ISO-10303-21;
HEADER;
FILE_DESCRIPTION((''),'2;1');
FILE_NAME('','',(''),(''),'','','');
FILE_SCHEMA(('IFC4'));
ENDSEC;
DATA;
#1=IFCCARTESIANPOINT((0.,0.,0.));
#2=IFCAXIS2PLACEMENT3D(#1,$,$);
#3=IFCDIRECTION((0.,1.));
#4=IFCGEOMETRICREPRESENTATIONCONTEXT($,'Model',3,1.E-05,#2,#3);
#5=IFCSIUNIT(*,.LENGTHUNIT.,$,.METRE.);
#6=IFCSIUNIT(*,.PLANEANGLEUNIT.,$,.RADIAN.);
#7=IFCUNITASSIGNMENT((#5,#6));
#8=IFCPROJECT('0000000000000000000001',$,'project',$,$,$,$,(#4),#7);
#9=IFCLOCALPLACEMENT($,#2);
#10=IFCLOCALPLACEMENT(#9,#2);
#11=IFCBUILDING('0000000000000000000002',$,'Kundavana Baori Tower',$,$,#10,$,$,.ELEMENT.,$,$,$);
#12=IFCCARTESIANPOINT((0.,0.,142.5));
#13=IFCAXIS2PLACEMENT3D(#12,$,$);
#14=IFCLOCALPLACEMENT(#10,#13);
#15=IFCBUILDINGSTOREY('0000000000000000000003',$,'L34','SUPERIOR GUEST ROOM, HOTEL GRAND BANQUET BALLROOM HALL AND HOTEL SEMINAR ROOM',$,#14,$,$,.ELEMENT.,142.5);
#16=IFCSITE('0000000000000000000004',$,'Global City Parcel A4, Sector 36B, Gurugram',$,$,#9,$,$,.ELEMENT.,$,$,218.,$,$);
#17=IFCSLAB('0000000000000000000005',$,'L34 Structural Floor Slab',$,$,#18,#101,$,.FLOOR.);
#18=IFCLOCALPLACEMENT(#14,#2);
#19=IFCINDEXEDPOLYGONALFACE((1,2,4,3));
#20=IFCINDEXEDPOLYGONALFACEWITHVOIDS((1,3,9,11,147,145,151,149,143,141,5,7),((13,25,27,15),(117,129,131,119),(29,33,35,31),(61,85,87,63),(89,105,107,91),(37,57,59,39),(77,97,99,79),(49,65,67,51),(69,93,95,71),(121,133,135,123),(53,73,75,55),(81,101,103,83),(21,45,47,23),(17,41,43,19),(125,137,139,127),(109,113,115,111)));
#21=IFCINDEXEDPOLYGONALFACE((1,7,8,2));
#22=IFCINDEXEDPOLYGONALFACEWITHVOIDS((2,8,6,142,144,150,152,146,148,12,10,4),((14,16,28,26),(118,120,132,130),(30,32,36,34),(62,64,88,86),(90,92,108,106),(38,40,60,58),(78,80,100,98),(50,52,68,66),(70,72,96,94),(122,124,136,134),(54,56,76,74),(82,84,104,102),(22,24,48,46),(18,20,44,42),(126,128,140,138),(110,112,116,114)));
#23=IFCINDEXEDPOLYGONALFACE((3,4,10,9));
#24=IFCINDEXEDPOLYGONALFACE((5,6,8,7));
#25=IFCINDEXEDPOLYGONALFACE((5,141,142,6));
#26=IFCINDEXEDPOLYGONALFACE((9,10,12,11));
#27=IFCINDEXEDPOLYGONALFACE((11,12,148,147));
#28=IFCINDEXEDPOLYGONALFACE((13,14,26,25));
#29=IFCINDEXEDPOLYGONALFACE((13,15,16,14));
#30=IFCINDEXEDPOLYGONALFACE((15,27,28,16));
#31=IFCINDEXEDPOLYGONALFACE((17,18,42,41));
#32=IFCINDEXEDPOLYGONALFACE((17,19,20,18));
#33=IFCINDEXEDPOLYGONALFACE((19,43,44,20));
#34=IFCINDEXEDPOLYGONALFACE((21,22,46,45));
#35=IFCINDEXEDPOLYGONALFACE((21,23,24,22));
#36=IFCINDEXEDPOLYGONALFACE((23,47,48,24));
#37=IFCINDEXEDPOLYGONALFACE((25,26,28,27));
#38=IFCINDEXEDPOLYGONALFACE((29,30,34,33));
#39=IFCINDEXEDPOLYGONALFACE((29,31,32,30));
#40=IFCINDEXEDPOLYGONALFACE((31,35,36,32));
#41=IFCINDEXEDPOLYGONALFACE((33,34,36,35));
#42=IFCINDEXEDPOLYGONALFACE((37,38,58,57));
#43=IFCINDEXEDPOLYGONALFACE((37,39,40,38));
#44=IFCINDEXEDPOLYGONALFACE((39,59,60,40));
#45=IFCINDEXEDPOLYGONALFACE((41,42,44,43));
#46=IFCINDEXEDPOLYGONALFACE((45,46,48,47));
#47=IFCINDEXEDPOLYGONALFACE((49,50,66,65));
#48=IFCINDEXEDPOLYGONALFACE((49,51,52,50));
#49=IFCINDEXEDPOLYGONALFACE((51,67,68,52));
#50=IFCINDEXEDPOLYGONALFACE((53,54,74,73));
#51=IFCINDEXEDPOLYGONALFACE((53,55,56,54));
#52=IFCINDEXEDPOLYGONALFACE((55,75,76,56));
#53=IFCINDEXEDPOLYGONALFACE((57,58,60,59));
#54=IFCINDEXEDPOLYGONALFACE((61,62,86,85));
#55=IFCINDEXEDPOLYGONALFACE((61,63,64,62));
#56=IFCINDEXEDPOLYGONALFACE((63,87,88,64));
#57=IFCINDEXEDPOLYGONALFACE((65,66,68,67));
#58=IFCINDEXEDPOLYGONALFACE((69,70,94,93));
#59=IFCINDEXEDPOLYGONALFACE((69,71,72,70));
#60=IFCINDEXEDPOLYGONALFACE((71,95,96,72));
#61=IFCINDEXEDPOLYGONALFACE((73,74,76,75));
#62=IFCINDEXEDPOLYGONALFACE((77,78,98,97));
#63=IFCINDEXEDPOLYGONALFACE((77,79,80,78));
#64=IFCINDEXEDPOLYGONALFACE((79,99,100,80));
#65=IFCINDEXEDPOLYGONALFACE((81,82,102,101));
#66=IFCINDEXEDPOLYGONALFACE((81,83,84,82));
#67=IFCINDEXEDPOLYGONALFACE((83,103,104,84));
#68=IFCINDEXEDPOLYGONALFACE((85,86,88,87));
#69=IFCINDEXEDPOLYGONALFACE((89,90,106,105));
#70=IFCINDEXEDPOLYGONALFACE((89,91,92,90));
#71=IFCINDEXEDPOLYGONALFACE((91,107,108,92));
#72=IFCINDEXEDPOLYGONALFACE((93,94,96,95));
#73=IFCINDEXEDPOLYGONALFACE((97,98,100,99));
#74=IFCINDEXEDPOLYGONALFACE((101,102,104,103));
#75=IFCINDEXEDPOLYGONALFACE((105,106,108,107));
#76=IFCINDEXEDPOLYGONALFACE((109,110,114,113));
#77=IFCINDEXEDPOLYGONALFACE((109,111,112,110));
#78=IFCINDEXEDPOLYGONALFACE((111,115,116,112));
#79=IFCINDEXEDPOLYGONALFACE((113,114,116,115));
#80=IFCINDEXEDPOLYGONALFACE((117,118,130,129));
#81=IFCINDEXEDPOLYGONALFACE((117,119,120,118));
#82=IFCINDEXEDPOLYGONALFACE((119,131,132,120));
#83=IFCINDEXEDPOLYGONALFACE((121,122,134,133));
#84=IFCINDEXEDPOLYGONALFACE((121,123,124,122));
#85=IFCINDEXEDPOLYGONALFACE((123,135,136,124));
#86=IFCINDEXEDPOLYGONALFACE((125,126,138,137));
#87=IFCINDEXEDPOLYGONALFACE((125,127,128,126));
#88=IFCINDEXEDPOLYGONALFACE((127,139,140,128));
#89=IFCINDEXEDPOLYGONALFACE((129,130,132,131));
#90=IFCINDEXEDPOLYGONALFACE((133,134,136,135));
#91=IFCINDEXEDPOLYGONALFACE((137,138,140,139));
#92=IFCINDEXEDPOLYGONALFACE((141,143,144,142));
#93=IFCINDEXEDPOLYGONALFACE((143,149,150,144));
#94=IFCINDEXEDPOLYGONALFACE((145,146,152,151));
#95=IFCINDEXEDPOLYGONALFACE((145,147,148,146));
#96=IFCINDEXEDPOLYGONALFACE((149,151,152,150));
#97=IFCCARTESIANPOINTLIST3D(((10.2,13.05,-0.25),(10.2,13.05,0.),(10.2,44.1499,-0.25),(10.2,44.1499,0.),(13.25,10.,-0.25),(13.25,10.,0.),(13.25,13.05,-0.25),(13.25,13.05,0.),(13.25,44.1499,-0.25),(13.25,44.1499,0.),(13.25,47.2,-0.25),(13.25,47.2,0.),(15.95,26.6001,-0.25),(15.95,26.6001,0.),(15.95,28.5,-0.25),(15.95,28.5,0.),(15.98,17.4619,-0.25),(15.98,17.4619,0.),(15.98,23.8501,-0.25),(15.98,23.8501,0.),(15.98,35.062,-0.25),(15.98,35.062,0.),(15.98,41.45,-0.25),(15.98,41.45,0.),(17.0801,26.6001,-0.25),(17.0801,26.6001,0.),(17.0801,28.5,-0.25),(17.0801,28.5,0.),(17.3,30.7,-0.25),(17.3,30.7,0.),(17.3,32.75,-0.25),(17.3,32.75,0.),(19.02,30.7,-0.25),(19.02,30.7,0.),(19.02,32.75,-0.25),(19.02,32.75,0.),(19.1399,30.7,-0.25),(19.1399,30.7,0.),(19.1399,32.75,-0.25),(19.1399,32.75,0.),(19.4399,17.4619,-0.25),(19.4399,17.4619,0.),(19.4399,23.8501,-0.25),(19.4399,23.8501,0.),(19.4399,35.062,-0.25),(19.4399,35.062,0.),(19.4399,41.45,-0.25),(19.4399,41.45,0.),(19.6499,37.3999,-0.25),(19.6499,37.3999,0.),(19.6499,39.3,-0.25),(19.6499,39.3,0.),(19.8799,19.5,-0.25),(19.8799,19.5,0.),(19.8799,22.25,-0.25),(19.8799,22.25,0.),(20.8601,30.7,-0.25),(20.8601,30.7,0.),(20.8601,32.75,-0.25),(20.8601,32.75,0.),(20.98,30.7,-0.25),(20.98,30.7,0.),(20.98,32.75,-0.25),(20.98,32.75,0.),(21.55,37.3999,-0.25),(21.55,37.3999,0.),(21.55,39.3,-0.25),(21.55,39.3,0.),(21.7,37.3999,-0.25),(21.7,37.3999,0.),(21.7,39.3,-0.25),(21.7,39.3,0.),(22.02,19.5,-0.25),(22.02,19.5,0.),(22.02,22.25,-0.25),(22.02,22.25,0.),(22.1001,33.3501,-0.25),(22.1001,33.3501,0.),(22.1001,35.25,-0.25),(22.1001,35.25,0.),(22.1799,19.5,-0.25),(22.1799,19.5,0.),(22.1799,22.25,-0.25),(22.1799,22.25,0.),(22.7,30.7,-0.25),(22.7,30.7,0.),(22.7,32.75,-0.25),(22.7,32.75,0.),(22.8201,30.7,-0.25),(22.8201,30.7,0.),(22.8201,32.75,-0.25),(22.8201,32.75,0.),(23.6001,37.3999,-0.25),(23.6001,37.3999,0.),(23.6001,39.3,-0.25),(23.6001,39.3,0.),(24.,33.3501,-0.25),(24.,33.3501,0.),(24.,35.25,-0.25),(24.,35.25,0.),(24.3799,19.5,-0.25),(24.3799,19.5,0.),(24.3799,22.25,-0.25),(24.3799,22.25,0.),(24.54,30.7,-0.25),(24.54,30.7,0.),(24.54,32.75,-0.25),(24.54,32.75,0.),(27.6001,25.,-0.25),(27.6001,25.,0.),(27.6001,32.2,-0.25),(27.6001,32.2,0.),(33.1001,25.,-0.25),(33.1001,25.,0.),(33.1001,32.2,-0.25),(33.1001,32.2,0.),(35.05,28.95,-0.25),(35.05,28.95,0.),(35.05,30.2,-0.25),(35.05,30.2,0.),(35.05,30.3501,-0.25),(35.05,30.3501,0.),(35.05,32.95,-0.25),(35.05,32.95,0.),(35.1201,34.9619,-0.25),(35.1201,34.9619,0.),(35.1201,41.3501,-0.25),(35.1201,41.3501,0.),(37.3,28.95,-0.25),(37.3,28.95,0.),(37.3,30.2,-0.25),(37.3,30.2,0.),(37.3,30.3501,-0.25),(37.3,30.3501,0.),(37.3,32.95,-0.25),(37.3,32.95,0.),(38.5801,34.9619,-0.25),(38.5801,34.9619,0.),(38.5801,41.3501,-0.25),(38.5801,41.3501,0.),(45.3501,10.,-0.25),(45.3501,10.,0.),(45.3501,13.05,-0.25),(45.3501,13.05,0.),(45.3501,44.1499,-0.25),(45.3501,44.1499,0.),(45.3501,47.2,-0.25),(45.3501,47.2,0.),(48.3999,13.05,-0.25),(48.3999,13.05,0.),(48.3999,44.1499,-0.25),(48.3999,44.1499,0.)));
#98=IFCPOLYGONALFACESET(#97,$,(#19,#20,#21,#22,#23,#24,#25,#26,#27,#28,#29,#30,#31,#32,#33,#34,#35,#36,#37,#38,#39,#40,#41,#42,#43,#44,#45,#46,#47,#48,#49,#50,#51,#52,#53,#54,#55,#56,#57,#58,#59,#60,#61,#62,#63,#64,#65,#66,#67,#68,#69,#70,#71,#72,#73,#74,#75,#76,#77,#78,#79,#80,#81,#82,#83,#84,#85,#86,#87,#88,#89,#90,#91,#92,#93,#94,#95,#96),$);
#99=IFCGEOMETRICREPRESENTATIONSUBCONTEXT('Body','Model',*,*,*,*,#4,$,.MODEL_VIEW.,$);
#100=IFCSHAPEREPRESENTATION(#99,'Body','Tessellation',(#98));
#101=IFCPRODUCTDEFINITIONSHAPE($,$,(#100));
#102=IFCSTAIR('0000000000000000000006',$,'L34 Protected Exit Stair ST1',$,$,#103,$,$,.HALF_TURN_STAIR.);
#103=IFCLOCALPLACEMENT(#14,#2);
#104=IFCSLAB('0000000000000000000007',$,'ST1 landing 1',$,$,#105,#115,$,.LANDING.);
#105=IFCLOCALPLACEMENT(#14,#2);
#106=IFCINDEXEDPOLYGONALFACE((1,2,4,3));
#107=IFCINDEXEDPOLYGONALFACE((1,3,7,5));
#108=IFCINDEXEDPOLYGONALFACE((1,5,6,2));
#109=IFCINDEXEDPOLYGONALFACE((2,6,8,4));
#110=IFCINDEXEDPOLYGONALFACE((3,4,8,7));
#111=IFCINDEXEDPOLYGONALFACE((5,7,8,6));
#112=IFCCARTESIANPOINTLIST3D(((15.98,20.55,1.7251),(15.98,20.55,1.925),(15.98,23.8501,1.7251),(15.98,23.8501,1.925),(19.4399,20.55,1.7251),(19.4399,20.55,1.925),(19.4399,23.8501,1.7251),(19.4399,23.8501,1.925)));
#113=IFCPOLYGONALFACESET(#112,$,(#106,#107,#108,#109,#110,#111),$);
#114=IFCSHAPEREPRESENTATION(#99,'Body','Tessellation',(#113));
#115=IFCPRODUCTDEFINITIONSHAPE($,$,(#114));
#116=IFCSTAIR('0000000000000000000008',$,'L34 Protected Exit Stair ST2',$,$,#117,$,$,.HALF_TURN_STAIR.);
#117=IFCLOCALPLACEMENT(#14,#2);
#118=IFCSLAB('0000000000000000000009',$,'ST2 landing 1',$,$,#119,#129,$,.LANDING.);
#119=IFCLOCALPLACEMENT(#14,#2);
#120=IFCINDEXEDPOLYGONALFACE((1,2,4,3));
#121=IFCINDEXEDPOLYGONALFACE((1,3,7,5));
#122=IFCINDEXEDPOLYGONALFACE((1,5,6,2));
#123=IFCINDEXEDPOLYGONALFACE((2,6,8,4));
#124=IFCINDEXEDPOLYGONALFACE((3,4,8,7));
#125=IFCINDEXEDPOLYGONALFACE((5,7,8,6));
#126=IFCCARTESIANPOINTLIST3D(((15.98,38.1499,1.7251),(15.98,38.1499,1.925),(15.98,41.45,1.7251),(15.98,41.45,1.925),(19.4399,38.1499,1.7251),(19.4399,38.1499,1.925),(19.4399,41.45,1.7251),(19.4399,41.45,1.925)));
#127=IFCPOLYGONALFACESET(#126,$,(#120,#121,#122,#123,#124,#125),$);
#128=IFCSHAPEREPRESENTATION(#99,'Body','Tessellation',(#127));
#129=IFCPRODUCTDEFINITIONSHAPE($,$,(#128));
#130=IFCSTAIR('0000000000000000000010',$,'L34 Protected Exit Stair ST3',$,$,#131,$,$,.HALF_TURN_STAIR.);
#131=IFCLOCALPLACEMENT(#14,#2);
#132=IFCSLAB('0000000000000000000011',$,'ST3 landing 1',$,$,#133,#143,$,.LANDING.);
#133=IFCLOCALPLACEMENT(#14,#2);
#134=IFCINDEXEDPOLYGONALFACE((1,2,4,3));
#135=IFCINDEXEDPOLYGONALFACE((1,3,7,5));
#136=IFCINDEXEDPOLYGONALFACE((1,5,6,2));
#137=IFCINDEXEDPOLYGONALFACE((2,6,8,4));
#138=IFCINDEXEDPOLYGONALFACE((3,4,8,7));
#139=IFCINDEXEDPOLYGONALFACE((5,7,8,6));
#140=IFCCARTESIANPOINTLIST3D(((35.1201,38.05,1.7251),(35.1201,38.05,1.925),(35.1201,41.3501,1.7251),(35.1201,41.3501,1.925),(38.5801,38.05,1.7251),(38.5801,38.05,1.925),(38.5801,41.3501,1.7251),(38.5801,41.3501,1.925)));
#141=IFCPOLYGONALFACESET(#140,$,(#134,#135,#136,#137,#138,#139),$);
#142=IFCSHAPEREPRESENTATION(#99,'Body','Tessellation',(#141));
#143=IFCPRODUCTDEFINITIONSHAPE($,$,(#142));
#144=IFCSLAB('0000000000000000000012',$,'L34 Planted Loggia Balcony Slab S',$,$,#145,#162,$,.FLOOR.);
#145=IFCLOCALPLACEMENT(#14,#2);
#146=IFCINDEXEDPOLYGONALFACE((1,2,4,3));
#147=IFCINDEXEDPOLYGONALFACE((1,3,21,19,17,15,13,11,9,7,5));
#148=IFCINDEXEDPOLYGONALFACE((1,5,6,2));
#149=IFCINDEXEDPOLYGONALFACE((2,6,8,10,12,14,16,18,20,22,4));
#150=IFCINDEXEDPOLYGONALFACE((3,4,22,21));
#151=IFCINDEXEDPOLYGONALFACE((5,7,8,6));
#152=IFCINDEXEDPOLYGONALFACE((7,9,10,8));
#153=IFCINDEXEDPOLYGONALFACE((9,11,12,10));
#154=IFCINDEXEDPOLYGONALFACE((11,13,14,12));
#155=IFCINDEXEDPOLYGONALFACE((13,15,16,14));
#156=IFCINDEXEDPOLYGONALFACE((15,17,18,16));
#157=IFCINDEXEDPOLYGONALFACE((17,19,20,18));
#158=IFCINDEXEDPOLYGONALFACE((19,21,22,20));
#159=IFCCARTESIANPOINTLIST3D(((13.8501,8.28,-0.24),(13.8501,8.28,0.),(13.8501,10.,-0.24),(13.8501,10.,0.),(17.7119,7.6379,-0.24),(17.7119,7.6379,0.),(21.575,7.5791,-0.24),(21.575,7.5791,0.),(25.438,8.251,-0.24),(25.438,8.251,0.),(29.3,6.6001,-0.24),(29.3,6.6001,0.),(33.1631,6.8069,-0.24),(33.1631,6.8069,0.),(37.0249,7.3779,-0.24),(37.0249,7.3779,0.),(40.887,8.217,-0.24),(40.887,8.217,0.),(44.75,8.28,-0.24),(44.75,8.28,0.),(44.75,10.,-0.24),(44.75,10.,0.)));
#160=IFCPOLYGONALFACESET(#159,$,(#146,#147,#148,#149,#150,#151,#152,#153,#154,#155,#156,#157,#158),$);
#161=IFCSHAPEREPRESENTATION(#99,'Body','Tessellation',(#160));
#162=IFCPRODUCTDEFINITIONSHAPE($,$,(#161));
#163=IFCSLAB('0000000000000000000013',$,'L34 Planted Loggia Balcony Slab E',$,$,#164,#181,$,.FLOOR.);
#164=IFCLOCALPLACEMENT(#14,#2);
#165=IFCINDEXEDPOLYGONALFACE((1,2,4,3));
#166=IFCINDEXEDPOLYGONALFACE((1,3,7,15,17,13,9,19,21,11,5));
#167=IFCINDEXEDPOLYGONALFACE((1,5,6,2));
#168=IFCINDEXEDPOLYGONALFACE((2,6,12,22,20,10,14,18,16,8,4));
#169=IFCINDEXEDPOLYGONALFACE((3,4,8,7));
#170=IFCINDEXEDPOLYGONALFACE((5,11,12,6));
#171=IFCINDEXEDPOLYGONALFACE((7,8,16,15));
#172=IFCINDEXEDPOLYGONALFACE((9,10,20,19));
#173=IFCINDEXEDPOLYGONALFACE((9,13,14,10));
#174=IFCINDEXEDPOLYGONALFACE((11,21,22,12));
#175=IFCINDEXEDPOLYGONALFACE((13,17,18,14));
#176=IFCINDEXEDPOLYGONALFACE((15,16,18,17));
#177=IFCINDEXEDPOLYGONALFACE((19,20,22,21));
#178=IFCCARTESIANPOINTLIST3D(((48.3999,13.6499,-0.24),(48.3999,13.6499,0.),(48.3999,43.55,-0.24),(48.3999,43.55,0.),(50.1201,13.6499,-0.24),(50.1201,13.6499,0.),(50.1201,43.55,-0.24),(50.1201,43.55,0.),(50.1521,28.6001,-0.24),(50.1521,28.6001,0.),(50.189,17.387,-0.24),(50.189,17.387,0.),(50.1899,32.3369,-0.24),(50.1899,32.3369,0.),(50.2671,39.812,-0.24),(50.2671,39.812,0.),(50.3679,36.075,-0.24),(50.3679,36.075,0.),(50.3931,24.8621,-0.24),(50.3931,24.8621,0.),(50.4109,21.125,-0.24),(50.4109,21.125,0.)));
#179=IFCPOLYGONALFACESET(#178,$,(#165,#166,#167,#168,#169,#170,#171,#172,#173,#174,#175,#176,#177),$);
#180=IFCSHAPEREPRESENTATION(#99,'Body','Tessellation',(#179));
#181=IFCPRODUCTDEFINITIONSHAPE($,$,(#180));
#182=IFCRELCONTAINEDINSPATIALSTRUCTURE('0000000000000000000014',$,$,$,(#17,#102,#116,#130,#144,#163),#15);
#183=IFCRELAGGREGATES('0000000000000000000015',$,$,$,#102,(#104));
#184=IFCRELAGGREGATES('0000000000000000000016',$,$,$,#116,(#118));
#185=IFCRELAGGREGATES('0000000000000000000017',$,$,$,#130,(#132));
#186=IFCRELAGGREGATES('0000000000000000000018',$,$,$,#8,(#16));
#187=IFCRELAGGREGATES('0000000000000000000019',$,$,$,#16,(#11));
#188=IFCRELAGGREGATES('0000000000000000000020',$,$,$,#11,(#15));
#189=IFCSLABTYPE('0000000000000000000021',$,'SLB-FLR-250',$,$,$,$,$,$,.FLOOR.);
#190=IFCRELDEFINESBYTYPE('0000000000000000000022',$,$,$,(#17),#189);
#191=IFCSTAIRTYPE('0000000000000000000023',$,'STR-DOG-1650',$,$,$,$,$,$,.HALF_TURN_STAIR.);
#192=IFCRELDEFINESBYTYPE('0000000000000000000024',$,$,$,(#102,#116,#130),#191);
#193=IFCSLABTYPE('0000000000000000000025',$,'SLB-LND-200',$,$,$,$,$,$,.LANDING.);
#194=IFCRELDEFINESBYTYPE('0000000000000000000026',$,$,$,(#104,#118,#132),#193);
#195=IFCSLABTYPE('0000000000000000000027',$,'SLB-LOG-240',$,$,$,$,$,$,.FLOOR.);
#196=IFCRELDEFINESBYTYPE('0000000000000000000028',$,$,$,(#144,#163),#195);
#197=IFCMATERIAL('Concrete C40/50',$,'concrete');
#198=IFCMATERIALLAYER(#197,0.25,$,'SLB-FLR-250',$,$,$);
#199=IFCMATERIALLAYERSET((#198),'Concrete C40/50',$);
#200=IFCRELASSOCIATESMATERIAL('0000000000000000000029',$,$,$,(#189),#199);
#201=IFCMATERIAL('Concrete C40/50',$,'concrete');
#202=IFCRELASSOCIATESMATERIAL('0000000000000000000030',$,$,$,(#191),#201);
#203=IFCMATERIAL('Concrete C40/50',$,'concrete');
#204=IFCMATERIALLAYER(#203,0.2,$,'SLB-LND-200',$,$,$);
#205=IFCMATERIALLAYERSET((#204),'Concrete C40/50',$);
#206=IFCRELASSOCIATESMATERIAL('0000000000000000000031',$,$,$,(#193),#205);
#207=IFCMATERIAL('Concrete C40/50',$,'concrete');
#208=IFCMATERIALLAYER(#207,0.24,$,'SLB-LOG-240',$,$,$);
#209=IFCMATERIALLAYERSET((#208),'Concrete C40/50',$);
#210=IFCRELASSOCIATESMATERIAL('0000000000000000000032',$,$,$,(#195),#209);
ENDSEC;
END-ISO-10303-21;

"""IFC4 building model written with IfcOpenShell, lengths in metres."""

from ifc_helpers import new_model, si_unit, direction, frame, origin, place, context, subcontext, project, spatial, polyline, outline, extrude, material, layer, layer_set, type_object, element, aggregate, save


model = new_model("IFC4")

# Units and contexts
model_context = context("Model", 3, precision=1e-05, world=origin(), true_north=direction((0.0, 1.0)))
body_context = subcontext(model_context, "Body", "Model", "MODEL_VIEW")
ifc_project = project(units=[si_unit("LENGTHUNIT", "METRE"), si_unit("PLANEANGLEUNIT", "RADIAN")], contexts=[model_context])

# Site, building, storey
site_placement = place(None, origin())
site = spatial("IfcSite", under=ifc_project, at=site_placement, Name="Global City Parcel A4, Sector 36B, Gurugram", CompositionType="ELEMENT", RefElevation=218.0)
building_placement = place(site_placement, origin())
building = spatial("IfcBuilding", under=site, at=building_placement, Name="Kundavana Baori Tower", CompositionType="ELEMENT")
storey_placement = place(building_placement, frame((0.0, 0.0, 142.5)))
storey = spatial("IfcBuildingStorey", under=building, at=storey_placement, Name="L34", Description="SUPERIOR GUEST ROOM, HOTEL GRAND BANQUET BALLROOM HALL AND HOTEL SEMINAR ROOM", CompositionType="ELEMENT", Elevation=142.5)

# Slab
ifc_material_1 = material(Name="Concrete C40/50", Category="concrete")
ifc_layer_1 = layer(ifc_material_1, 0.25, Name="SLB-FLR-250")
ifc_layer_set_1 = layer_set([ifc_layer_1], Name="Concrete C40/50")
slab_type_1 = type_object("IfcSlabType", Name="SLB-FLR-250", PredefinedType="FLOOR", material=ifc_layer_set_1)
slab_1_placement = place(storey_placement, frame((0.0, 0.0, -0.25)))
element("IfcSlab", 1, at=slab_1_placement, inside=storey, type_object=slab_type_1, Name="L34 Structural Floor Slab", PredefinedType="FLOOR", context=body_context, shape_type="SweptSolid", body=[
    extrude(outline(polyline([(13.25, 10.0), (45.3501, 10.0), (45.3501, 13.05), (48.3999, 13.05), (48.3999, 44.1499), (45.3501, 44.1499), (45.3501, 47.2), (13.25, 47.2), (13.25, 44.1499), (10.2, 44.1499), (10.2, 13.05), (13.25, 13.05), (13.25, 10.0)]), holes=[polyline([(19.4399, 17.4619), (19.4399, 23.8501), (15.98, 23.8501), (15.98, 17.4619), (19.4399, 17.4619)]), polyline([(19.4399, 35.062), (19.4399, 41.45), (15.98, 41.45), (15.98, 35.062), (19.4399, 35.062)]), polyline([(38.5801, 34.9619), (38.5801, 41.3501), (35.1201, 41.3501), (35.1201, 34.9619), (38.5801, 34.9619)]), polyline([(17.3, 30.7), (19.02, 30.7), (19.02, 32.75), (17.3, 32.75), (17.3, 30.7)]), polyline([(19.1399, 30.7), (20.8601, 30.7), (20.8601, 32.75), (19.1399, 32.75), (19.1399, 30.7)]), polyline([(20.98, 30.7), (22.7, 30.7), (22.7, 32.75), (20.98, 32.75), (20.98, 30.7)]), polyline([(22.8201, 30.7), (24.54, 30.7), (24.54, 32.75), (22.8201, 32.75), (22.8201, 30.7)]), polyline([(19.6499, 37.3999), (21.55, 37.3999), (21.55, 39.3), (19.6499, 39.3), (19.6499, 37.3999)]), polyline([(21.7, 37.3999), (23.6001, 37.3999), (23.6001, 39.3), (21.7, 39.3), (21.7, 37.3999)]), polyline([(22.1001, 33.3501), (24.0, 33.3501), (24.0, 35.25), (22.1001, 35.25), (22.1001, 33.3501)]), polyline([(19.8799, 19.5), (22.02, 19.5), (22.02, 22.25), (19.8799, 22.25), (19.8799, 19.5)]), polyline([(22.1799, 19.5), (24.3799, 19.5), (24.3799, 22.25), (22.1799, 22.25), (22.1799, 19.5)]), polyline([(35.05, 30.3501), (37.3, 30.3501), (37.3, 32.95), (35.05, 32.95), (35.05, 30.3501)]), polyline([(15.95, 26.6001), (17.0801, 26.6001), (17.0801, 28.5), (15.95, 28.5), (15.95, 26.6001)]), polyline([(35.05, 28.95), (37.3, 28.95), (37.3, 30.2), (35.05, 30.2), (35.05, 28.95)]), polyline([(27.6001, 25.0), (33.1001, 25.0), (33.1001, 32.2), (27.6001, 32.2), (27.6001, 25.0)])]), origin(), (0.0, 0.0, 1.0), 0.25),
])

# Stairs, slabs
ifc_material_2 = material(Name="Concrete C40/50", Category="concrete")
stair_type = type_object("IfcStairType", Name="STR-DOG-1650", PredefinedType="HALF_TURN_STAIR", material=ifc_material_2)
stair_1_placement = place(storey_placement, origin())
stair_1 = element("IfcStair", 2, at=stair_1_placement, inside=storey, type_object=stair_type, Name="L34 Protected Exit Stair ST1", PredefinedType="HALF_TURN_STAIR")
ifc_material_3 = material(Name="Concrete C40/50", Category="concrete")
ifc_layer_2 = layer(ifc_material_3, 0.2, Name="SLB-LND-200")
ifc_layer_set_2 = layer_set([ifc_layer_2], Name="Concrete C40/50")
slab_type_2 = type_object("IfcSlabType", Name="SLB-LND-200", PredefinedType="LANDING", material=ifc_layer_set_2)
slab_2_placement = place(storey_placement, frame((0.0, 0.0, 1.7251)))
slab_2 = element("IfcSlab", 3, at=slab_2_placement, type_object=slab_type_2, Name="ST1 landing 1", PredefinedType="LANDING", context=body_context, shape_type="SweptSolid", body=[
    extrude(outline(polyline([(19.4399, 20.55), (19.4399, 23.8501), (15.98, 23.8501), (15.98, 20.55), (19.4399, 20.55)])), origin(), (0.0, 0.0, 1.0), 0.2),
])
aggregate(stair_1, [slab_2])
stair_2_placement = place(storey_placement, origin())
stair_2 = element("IfcStair", 4, at=stair_2_placement, inside=storey, type_object=stair_type, Name="L34 Protected Exit Stair ST2", PredefinedType="HALF_TURN_STAIR")
slab_3_placement = place(storey_placement, frame((0.0, 0.0, 1.7251)))
slab_3 = element("IfcSlab", 5, at=slab_3_placement, type_object=slab_type_2, Name="ST2 landing 1", PredefinedType="LANDING", context=body_context, shape_type="SweptSolid", body=[
    extrude(outline(polyline([(19.4399, 38.1499), (19.4399, 41.45), (15.98, 41.45), (15.98, 38.1499), (19.4399, 38.1499)])), origin(), (0.0, 0.0, 1.0), 0.2),
])
aggregate(stair_2, [slab_3])
stair_3_placement = place(storey_placement, origin())
stair_3 = element("IfcStair", 6, at=stair_3_placement, inside=storey, type_object=stair_type, Name="L34 Protected Exit Stair ST3", PredefinedType="HALF_TURN_STAIR")
slab_4_placement = place(storey_placement, frame((0.0, 0.0, 1.7251)))
slab_4 = element("IfcSlab", 7, at=slab_4_placement, type_object=slab_type_2, Name="ST3 landing 1", PredefinedType="LANDING", context=body_context, shape_type="SweptSolid", body=[
    extrude(outline(polyline([(38.5801, 38.05), (38.5801, 41.3501), (35.1201, 41.3501), (35.1201, 38.05), (38.5801, 38.05)])), origin(), (0.0, 0.0, 1.0), 0.2),
])
aggregate(stair_3, [slab_4])

# Slabs
ifc_material_4 = material(Name="Concrete C40/50", Category="concrete")
ifc_layer_3 = layer(ifc_material_4, 0.24, Name="SLB-LOG-240")
ifc_layer_set_3 = layer_set([ifc_layer_3], Name="Concrete C40/50")
slab_type_3 = type_object("IfcSlabType", Name="SLB-LOG-240", PredefinedType="FLOOR", material=ifc_layer_set_3)
slab_5_placement = place(storey_placement, frame((0.0, 0.0, -0.24)))
element("IfcSlab", 8, at=slab_5_placement, inside=storey, type_object=slab_type_3, Name="L34 Planted Loggia Balcony Slab S", PredefinedType="FLOOR", context=body_context, shape_type="SweptSolid", body=[
    extrude(outline(polyline([(13.8501, 10.0), (44.75, 10.0), (44.75, 8.28), (40.887, 8.217), (37.0249, 7.3779), (33.1631, 6.8069), (29.3, 6.6001), (25.438, 8.251), (21.575, 7.5791), (17.7119, 7.6379), (13.8501, 8.28), (13.8501, 10.0)])), origin(), (0.0, 0.0, 1.0), 0.24),
])
slab_6_placement = place(storey_placement, frame((0.0, 0.0, -0.24)))
element("IfcSlab", 9, at=slab_6_placement, inside=storey, type_object=slab_type_3, Name="L34 Planted Loggia Balcony Slab E", PredefinedType="FLOOR", context=body_context, shape_type="SweptSolid", body=[
    extrude(outline(polyline([(48.3999, 13.6499), (48.3999, 43.55), (50.1201, 43.55), (50.2671, 39.812), (50.3679, 36.075), (50.1899, 32.3369), (50.1521, 28.6001), (50.3931, 24.8621), (50.4109, 21.125), (50.189, 17.387), (50.1201, 13.6499), (48.3999, 13.6499)])), origin(), (0.0, 0.0, 1.0), 0.24),
])

save(model, "model.ifc")
